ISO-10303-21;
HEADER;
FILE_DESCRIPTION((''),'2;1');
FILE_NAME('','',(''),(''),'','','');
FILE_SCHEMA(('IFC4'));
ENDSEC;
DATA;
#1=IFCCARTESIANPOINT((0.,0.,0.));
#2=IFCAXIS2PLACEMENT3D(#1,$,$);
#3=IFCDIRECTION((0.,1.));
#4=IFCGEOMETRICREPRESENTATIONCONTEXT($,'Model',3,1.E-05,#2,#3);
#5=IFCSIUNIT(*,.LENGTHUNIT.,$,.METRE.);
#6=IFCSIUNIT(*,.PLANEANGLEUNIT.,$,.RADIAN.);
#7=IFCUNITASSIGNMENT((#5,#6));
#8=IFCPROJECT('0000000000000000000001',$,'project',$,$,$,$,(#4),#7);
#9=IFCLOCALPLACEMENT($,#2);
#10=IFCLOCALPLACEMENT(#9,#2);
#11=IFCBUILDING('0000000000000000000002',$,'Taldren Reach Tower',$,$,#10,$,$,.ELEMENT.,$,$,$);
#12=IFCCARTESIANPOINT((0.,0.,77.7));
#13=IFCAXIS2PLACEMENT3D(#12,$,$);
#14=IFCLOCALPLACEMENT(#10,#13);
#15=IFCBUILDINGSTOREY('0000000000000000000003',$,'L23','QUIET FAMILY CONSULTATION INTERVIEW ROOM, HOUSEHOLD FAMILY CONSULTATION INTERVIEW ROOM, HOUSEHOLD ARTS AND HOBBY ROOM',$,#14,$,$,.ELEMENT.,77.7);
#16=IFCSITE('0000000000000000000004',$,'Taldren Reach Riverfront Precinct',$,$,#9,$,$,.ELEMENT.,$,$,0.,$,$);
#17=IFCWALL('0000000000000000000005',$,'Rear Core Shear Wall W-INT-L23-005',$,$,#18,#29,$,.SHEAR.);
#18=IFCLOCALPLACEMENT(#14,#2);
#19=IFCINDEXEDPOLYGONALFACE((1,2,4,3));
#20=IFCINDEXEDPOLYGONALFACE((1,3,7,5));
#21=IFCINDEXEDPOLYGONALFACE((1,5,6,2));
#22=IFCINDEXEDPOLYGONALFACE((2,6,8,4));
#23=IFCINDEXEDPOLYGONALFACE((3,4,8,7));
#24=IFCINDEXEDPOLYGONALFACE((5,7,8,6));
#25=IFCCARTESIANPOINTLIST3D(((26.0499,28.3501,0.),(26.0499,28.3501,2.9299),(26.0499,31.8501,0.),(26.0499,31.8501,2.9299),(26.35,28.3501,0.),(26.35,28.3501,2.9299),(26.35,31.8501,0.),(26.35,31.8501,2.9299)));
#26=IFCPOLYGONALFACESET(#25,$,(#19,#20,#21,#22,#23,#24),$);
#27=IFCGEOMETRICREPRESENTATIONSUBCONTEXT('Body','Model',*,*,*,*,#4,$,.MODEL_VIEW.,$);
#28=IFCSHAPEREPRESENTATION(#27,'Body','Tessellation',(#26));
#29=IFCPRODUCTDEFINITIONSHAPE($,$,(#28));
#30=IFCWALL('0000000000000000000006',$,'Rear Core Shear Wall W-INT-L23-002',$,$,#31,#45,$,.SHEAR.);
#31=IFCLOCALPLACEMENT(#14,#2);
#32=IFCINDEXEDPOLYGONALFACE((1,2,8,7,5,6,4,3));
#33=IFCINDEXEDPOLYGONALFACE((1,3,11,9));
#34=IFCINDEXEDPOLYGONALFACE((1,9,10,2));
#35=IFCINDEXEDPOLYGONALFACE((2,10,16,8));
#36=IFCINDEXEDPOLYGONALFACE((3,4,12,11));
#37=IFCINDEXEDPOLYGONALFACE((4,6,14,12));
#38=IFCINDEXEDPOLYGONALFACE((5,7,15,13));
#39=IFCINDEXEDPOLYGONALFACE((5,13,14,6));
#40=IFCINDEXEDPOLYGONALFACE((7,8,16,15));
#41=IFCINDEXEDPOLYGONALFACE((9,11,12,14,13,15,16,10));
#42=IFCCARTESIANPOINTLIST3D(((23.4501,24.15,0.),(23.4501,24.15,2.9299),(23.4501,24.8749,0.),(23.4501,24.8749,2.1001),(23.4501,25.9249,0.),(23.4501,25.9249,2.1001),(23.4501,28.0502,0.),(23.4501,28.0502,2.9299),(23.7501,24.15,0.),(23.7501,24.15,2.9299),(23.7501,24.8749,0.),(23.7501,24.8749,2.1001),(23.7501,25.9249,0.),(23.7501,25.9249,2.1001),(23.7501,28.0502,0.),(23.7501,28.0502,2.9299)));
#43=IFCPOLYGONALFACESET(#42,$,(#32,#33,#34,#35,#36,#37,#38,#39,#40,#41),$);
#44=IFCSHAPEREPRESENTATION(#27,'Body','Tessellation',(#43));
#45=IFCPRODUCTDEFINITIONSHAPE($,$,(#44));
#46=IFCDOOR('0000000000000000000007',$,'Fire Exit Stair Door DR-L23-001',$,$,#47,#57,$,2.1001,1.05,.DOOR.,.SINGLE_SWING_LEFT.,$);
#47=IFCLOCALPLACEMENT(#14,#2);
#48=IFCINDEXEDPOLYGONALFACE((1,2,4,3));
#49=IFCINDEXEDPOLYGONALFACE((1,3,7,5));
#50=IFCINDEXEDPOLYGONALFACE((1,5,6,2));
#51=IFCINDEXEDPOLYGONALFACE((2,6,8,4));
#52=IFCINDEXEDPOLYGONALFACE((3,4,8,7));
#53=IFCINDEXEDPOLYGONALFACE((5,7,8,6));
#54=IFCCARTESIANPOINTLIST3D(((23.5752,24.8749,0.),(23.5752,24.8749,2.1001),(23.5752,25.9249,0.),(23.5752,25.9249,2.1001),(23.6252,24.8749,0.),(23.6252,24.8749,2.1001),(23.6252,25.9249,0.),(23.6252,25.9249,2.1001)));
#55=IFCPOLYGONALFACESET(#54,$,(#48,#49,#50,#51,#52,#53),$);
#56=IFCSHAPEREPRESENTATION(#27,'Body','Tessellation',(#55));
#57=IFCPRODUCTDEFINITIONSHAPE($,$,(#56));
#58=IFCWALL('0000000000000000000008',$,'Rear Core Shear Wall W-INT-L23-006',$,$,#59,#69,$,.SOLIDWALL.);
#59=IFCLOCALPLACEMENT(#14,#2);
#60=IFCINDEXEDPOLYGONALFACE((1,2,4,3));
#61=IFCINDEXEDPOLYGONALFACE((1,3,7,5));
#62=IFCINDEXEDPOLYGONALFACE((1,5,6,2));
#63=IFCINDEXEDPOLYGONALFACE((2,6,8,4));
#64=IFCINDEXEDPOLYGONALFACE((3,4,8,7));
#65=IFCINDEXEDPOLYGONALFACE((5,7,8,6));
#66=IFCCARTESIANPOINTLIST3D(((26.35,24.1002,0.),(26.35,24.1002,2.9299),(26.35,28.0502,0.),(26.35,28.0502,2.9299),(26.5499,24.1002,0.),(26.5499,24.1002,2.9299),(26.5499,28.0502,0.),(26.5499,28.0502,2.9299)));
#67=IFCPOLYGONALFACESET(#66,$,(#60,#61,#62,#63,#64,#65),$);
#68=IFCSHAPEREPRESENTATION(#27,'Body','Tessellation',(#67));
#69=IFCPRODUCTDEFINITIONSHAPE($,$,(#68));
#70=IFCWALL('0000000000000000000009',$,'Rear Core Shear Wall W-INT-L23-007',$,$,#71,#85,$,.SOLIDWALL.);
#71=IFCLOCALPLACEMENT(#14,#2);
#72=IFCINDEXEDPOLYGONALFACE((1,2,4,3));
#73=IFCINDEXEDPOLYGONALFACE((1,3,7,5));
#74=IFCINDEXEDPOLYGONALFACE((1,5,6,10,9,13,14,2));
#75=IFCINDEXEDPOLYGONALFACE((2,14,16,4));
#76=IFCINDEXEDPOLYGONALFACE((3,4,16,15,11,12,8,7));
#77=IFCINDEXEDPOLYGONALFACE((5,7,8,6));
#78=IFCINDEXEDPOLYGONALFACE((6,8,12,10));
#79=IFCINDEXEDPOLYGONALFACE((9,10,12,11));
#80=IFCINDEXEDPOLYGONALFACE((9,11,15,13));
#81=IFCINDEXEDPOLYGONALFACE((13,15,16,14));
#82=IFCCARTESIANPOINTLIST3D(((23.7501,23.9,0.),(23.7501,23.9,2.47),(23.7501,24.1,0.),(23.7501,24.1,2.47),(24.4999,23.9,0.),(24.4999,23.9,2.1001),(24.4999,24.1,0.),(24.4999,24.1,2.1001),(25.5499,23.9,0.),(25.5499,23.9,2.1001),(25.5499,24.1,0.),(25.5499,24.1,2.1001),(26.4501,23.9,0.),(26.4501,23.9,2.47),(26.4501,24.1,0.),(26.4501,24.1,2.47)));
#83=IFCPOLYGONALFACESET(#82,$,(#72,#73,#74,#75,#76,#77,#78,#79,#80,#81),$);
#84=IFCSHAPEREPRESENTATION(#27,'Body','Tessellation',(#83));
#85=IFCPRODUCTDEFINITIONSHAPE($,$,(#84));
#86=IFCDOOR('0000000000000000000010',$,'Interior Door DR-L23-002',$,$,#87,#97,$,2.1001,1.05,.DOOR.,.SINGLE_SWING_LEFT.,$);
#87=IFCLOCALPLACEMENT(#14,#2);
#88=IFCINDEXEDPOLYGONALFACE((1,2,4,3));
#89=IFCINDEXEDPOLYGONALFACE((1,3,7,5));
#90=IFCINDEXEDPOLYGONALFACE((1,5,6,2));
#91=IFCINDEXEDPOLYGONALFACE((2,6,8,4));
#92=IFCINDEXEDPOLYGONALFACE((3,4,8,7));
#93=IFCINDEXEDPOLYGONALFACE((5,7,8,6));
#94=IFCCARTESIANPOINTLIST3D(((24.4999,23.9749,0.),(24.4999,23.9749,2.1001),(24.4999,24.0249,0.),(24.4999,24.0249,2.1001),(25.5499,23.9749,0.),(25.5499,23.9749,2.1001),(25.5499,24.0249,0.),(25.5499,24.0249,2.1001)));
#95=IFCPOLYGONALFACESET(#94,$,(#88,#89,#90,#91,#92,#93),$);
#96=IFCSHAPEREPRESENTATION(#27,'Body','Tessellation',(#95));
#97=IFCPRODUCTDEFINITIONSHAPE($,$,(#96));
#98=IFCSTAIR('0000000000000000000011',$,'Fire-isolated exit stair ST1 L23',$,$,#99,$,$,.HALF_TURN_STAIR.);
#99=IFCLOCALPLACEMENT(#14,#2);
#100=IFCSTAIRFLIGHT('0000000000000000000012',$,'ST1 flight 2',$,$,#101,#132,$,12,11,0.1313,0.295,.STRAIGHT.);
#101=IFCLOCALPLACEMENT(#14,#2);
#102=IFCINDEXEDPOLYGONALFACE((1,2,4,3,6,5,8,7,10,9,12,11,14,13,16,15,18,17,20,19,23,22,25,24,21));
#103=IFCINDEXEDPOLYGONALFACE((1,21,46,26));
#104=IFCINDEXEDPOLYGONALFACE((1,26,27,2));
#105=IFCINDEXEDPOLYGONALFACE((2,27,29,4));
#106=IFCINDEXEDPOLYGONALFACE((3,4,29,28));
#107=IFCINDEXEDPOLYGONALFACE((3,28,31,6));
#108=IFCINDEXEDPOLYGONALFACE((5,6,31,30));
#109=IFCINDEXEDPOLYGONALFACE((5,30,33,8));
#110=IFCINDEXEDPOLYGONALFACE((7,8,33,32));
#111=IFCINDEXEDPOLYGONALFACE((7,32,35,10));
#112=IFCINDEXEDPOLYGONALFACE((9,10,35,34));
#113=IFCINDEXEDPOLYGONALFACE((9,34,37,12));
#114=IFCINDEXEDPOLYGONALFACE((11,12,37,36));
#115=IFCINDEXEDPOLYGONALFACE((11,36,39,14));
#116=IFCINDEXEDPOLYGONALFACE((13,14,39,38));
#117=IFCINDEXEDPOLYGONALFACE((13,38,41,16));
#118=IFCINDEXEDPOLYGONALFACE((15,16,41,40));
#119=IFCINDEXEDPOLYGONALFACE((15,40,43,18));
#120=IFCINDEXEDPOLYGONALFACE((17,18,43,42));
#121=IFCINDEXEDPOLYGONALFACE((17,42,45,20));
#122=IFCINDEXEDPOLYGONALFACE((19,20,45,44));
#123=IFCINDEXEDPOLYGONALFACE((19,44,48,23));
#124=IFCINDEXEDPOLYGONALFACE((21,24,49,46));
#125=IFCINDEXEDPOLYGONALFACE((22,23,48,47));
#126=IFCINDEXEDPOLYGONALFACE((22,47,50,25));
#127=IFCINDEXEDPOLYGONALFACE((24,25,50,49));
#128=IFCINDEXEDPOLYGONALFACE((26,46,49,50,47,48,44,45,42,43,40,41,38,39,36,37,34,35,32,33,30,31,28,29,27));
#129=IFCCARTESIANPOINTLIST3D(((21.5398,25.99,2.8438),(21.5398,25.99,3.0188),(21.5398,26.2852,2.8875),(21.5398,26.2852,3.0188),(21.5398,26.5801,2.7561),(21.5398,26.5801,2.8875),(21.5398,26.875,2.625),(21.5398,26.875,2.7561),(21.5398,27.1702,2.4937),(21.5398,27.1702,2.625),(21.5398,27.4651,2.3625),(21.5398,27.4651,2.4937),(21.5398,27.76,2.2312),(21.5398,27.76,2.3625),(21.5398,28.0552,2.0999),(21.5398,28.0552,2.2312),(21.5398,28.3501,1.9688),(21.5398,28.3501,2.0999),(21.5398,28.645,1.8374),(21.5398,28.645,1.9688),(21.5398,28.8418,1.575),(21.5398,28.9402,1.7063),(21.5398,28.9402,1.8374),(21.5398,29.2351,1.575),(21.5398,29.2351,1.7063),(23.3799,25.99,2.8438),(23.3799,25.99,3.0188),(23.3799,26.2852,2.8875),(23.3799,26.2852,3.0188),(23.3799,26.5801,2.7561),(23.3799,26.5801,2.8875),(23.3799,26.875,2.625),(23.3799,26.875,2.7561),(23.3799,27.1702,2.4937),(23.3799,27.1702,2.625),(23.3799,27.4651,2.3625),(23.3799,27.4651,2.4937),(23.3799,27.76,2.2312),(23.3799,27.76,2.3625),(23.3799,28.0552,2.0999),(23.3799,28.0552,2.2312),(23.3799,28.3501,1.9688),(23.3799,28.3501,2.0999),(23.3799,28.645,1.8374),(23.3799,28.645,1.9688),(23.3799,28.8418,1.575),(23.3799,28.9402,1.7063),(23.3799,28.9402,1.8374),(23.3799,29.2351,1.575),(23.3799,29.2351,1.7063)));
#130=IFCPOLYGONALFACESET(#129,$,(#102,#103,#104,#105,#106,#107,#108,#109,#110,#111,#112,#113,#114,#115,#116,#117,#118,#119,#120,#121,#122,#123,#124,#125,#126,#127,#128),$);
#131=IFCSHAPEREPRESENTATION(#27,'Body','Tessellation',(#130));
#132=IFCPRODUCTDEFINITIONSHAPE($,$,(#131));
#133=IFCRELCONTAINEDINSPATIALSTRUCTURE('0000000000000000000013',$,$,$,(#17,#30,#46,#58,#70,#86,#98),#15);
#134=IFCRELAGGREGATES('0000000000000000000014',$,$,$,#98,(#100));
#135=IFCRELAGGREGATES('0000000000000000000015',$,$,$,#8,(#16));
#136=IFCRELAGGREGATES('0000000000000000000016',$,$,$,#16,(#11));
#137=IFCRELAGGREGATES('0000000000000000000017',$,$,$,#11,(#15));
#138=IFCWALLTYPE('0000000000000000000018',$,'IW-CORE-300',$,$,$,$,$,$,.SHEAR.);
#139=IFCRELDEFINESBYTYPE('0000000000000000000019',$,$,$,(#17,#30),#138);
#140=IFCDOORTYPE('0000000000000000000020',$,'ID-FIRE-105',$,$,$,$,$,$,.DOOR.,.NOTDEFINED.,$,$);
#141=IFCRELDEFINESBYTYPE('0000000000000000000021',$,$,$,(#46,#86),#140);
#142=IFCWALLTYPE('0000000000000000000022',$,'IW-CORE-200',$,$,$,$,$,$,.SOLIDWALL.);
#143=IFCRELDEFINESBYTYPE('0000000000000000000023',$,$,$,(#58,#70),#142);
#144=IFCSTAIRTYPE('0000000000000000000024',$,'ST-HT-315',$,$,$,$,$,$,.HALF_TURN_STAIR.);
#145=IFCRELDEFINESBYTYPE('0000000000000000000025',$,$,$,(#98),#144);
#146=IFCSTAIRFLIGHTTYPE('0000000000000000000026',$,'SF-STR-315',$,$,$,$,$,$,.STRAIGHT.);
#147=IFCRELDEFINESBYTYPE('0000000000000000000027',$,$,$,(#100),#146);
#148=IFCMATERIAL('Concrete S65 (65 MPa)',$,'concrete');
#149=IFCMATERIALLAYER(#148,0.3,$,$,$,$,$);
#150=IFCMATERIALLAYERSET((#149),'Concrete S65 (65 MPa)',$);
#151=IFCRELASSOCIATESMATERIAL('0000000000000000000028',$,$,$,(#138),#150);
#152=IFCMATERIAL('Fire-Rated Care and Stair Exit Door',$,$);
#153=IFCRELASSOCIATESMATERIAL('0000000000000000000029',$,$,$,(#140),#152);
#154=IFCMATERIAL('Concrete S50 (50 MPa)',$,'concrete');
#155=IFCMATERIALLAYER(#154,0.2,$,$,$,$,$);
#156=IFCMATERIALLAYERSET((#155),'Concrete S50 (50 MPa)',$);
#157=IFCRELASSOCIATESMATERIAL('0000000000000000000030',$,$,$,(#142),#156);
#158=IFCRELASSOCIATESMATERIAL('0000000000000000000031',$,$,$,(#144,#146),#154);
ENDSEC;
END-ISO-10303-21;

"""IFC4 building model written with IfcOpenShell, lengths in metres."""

from ifc_helpers import new_model, si_unit, direction, frame, frame_2d, origin, place, context, subcontext, project, spatial, polyline, rectangle, outline, extrude, source, transform, mapped, material, layer, layer_set, type_object, element, fill, aggregate, save


model = new_model("IFC4")

# Units and contexts
model_context = context("Model", 3, precision=1e-05, world=origin(), true_north=direction((0.0, 1.0)))
body_context = subcontext(model_context, "Body", "Model", "MODEL_VIEW")
ifc_project = project(units=[si_unit("LENGTHUNIT", "METRE"), si_unit("PLANEANGLEUNIT", "RADIAN")], contexts=[model_context])

# Site, building, storey
site_placement = place(None, origin())
site = spatial("IfcSite", under=ifc_project, at=site_placement, Name="Taldren Reach Riverfront Precinct", CompositionType="ELEMENT", RefElevation=0.0)
building_placement = place(site_placement, origin())
building = spatial("IfcBuilding", under=site, at=building_placement, Name="Taldren Reach Tower", CompositionType="ELEMENT")
storey_placement = place(building_placement, frame((0.0, 0.0, 77.7)))
storey = spatial("IfcBuildingStorey", under=building, at=storey_placement, Name="L23", Description="QUIET FAMILY CONSULTATION INTERVIEW ROOM, HOUSEHOLD FAMILY CONSULTATION INTERVIEW ROOM, HOUSEHOLD ARTS AND HOBBY ROOM", CompositionType="ELEMENT", Elevation=77.7)

# Shared definitions
ifc_material_1 = material(Name="Concrete S65 (65 MPa)", Category="concrete")

# Wall
ifc_layer_1 = layer(ifc_material_1, 0.3)
ifc_layer_set_1 = layer_set([ifc_layer_1], Name="Concrete S65 (65 MPa)")
wall_type_1 = type_object("IfcWallType", Name="IW-CORE-300", PredefinedType="SHEAR", material=ifc_layer_set_1)
shared_shape_1 = source(origin(), body_context, "Body", "SweptSolid", [
    extrude(rectangle(XDim=3.5, YDim=0.3, at=frame_2d((1.75, 0.0))), origin(), (0.0, 0.0, 1.0), 2.9299),
])
for number, where, z_axis, x_axis, name in (
    (1, (26.2, 28.3501, 0.0), (0.0, 0.0, 1.0), (0.0, 1.0, 0.0), "Rear Core Shear Wall W-INT-L23-005"),
):
    element("IfcWall", number, at=place(storey_placement, frame(where, z_axis=z_axis, x_axis=x_axis)), inside=storey, type_object=wall_type_1, Name=name, PredefinedType="SHEAR", context=body_context, shape_type="MappedRepresentation", body=[
        mapped(shared_shape_1, transform((0.0, 0.0, 0.0), scale=1.0)),
    ])

# Wall, opening, door
shared_shape_2 = source(origin(), body_context, "Body", "SweptSolid", [
    extrude(rectangle(XDim=3.9001, YDim=0.3, at=frame_2d((1.9502, 0.0))), origin(), (0.0, 0.0, 1.0), 2.9299),
])
wall_1_placement = place(storey_placement, frame((23.6001, 24.1499, 0.0), z_axis=(0.0, 0.0, 1.0), x_axis=(0.0, 1.0, 0.0)))
wall_1 = element("IfcWall", 2, at=wall_1_placement, inside=storey, type_object=wall_type_1, Name="Rear Core Shear Wall W-INT-L23-002", PredefinedType="SHEAR", context=body_context, shape_type="MappedRepresentation", body=[
    mapped(shared_shape_2, transform((0.0, 0.0, 0.0), scale=1.0)),
])
shared_shape_3 = source(origin(), body_context, "Body", "SweptSolid", [
    extrude(rectangle(XDim=1.05, YDim=2.1001, at=frame_2d((0.5249, 1.05))), frame((0.0, 0.1602, 0.0), z_axis=(0.0, -1.0, 0.0), x_axis=(1.0, 0.0, 0.0)), (0.0, 0.0, 1.0), 0.3201),
])
opening_1_placement = place(wall_1_placement, frame((0.7251, 0.0, 0.0)))
opening_1 = element("IfcOpeningElement", 3, at=opening_1_placement, cuts=wall_1, PredefinedType="OPENING", context=body_context, shape_type="MappedRepresentation", body=[
    mapped(shared_shape_3, transform((0.0, 0.0, 0.0), scale=1.0)),
])
ifc_material_2 = material(Name="Fire-Rated Care and Stair Exit Door")
door_type_1 = type_object("IfcDoorType", Name="ID-FIRE-105", OperationType="NOTDEFINED", PredefinedType="DOOR", material=ifc_material_2)
shared_shape_4 = source(origin(), body_context, "Body", "SweptSolid", [
    extrude(rectangle(XDim=1.05, YDim=2.1001, at=frame_2d((0.5249, 1.05))), frame((0.0, 0.0249, 0.0), z_axis=(0.0, -1.0, 0.0), x_axis=(1.0, 0.0, 0.0)), (0.0, 0.0, 1.0), 0.05),
])
door_1_placement = place(opening_1_placement, origin())
door_1 = element("IfcDoor", 4, at=door_1_placement, inside=storey, type_object=door_type_1, Name="Fire Exit Stair Door DR-L23-001", OperationType="SINGLE_SWING_LEFT", OverallHeight=2.1001, OverallWidth=1.05, PredefinedType="DOOR", context=body_context, shape_type="MappedRepresentation", body=[
    mapped(shared_shape_4, transform((0.0, 0.0, 0.0), scale=1.0)),
])
fill(opening_1, door_1)

# Wall
ifc_material_3 = material(Name="Concrete S50 (50 MPa)", Category="concrete")
ifc_layer_2 = layer(ifc_material_3, 0.2)
ifc_layer_set_2 = layer_set([ifc_layer_2], Name="Concrete S50 (50 MPa)")
wall_type_2 = type_object("IfcWallType", Name="IW-CORE-200", PredefinedType="SOLIDWALL", material=ifc_layer_set_2)
shared_shape_5 = source(origin(), body_context, "Body", "SweptSolid", [
    extrude(rectangle(XDim=3.95, YDim=0.2, at=frame_2d((1.9751, 0.0))), origin(), (0.0, 0.0, 1.0), 2.9299),
])
wall_2_placement = place(storey_placement, frame((26.45, 24.1001, 0.0), z_axis=(0.0, 0.0, 1.0), x_axis=(0.0, 1.0, 0.0)))
element("IfcWall", 5, at=wall_2_placement, inside=storey, type_object=wall_type_2, Name="Rear Core Shear Wall W-INT-L23-006", PredefinedType="SOLIDWALL", context=body_context, shape_type="MappedRepresentation", body=[
    mapped(shared_shape_5, transform((0.0, 0.0, 0.0), scale=1.0)),
])

# Wall, opening, door
shared_shape_6 = source(origin(), body_context, "Body", "SweptSolid", [
    extrude(rectangle(XDim=2.7, YDim=0.2, at=frame_2d((1.3501, 0.0))), origin(), (0.0, 0.0, 1.0), 2.47),
])
wall_3_placement = place(storey_placement, frame((23.75, 24.0, 0.0), z_axis=(0.0, 0.0, 1.0), x_axis=(1.0, 0.0, 0.0)))
wall_3 = element("IfcWall", 6, at=wall_3_placement, inside=storey, type_object=wall_type_2, Name="Rear Core Shear Wall W-INT-L23-007", PredefinedType="SOLIDWALL", context=body_context, shape_type="MappedRepresentation", body=[
    mapped(shared_shape_6, transform((0.0, 0.0, 0.0), scale=1.0)),
])
shared_shape_7 = source(origin(), body_context, "Body", "SweptSolid", [
    extrude(rectangle(XDim=1.05, YDim=2.1001, at=frame_2d((0.5249, 1.05))), frame((0.0, 0.1099, 0.0), z_axis=(0.0, -1.0, 0.0), x_axis=(1.0, 0.0, 0.0)), (0.0, 0.0, 1.0), 0.22),
])
opening_2_placement = place(wall_3_placement, frame((0.75, 0.0, 0.0)))
opening_2 = element("IfcOpeningElement", 7, at=opening_2_placement, cuts=wall_3, PredefinedType="OPENING", context=body_context, shape_type="MappedRepresentation", body=[
    mapped(shared_shape_7, transform((0.0, 0.0, 0.0), scale=1.0)),
])
door_2_placement = place(opening_2_placement, origin())
door_2 = element("IfcDoor", 8, at=door_2_placement, inside=storey, type_object=door_type_1, Name="Interior Door DR-L23-002", OperationType="SINGLE_SWING_LEFT", OverallHeight=2.1001, OverallWidth=1.05, PredefinedType="DOOR", context=body_context, shape_type="MappedRepresentation", body=[
    mapped(shared_shape_4, transform((0.0, 0.0, 0.0), scale=1.0)),
])
fill(opening_2, door_2)

# Stair, stair flight
stair_type = type_object("IfcStairType", Name="ST-HT-315", PredefinedType="HALF_TURN_STAIR", material=ifc_material_3)
stair_placement = place(storey_placement, origin())
stair = element("IfcStair", 9, at=stair_placement, inside=storey, type_object=stair_type, Name="Fire-isolated exit stair ST1 L23", PredefinedType="HALF_TURN_STAIR")
stair_flight_type = type_object("IfcStairFlightType", Name="SF-STR-315", PredefinedType="STRAIGHT", material=ifc_material_3)
stair_flight_placement = place(storey_placement, frame((22.46, 29.2351, 1.575), z_axis=(0.0, 0.0, 1.0), x_axis=(0.0, -1.0, 0.0)))
stair_flight = element("IfcStairFlight", 10, at=stair_flight_placement, type_object=stair_flight_type, Name="ST1 flight 2", NumberOfRisers=12, NumberOfTreads=11, PredefinedType="STRAIGHT", RiserHeight=0.1313, TreadLength=0.295, context=body_context, shape_type="SweptSolid", body=[
    extrude(outline(polyline([(0.0, 0.0), (0.0, 0.1313), (0.2949, 0.1313), (0.2949, 0.2625), (0.5901, 0.2625), (0.5901, 0.3938), (0.885, 0.3938), (0.885, 0.5249), (1.1799, 0.5249), (1.1799, 0.6562), (1.4751, 0.6562), (1.4751, 0.7876), (1.77, 0.7876), (1.77, 0.9187), (2.0649, 0.9187), (2.0649, 1.05), (2.3601, 1.05), (2.3601, 1.1812), (2.655, 1.1812), (2.655, 1.3125), (2.95, 1.3125), (2.95, 1.4438), (3.2451, 1.4438), (3.2451, 1.575), (3.2451, 1.2688), (0.3933, 0.0), (0.0, 0.0)])), frame((0.0, 0.9199, 0.0), z_axis=(0.0, -1.0, 0.0), x_axis=(1.0, 0.0, 0.0)), (0.0, 0.0, 1.0), 1.8401),
])
aggregate(stair, [stair_flight])

save(model, "model.ifc")
